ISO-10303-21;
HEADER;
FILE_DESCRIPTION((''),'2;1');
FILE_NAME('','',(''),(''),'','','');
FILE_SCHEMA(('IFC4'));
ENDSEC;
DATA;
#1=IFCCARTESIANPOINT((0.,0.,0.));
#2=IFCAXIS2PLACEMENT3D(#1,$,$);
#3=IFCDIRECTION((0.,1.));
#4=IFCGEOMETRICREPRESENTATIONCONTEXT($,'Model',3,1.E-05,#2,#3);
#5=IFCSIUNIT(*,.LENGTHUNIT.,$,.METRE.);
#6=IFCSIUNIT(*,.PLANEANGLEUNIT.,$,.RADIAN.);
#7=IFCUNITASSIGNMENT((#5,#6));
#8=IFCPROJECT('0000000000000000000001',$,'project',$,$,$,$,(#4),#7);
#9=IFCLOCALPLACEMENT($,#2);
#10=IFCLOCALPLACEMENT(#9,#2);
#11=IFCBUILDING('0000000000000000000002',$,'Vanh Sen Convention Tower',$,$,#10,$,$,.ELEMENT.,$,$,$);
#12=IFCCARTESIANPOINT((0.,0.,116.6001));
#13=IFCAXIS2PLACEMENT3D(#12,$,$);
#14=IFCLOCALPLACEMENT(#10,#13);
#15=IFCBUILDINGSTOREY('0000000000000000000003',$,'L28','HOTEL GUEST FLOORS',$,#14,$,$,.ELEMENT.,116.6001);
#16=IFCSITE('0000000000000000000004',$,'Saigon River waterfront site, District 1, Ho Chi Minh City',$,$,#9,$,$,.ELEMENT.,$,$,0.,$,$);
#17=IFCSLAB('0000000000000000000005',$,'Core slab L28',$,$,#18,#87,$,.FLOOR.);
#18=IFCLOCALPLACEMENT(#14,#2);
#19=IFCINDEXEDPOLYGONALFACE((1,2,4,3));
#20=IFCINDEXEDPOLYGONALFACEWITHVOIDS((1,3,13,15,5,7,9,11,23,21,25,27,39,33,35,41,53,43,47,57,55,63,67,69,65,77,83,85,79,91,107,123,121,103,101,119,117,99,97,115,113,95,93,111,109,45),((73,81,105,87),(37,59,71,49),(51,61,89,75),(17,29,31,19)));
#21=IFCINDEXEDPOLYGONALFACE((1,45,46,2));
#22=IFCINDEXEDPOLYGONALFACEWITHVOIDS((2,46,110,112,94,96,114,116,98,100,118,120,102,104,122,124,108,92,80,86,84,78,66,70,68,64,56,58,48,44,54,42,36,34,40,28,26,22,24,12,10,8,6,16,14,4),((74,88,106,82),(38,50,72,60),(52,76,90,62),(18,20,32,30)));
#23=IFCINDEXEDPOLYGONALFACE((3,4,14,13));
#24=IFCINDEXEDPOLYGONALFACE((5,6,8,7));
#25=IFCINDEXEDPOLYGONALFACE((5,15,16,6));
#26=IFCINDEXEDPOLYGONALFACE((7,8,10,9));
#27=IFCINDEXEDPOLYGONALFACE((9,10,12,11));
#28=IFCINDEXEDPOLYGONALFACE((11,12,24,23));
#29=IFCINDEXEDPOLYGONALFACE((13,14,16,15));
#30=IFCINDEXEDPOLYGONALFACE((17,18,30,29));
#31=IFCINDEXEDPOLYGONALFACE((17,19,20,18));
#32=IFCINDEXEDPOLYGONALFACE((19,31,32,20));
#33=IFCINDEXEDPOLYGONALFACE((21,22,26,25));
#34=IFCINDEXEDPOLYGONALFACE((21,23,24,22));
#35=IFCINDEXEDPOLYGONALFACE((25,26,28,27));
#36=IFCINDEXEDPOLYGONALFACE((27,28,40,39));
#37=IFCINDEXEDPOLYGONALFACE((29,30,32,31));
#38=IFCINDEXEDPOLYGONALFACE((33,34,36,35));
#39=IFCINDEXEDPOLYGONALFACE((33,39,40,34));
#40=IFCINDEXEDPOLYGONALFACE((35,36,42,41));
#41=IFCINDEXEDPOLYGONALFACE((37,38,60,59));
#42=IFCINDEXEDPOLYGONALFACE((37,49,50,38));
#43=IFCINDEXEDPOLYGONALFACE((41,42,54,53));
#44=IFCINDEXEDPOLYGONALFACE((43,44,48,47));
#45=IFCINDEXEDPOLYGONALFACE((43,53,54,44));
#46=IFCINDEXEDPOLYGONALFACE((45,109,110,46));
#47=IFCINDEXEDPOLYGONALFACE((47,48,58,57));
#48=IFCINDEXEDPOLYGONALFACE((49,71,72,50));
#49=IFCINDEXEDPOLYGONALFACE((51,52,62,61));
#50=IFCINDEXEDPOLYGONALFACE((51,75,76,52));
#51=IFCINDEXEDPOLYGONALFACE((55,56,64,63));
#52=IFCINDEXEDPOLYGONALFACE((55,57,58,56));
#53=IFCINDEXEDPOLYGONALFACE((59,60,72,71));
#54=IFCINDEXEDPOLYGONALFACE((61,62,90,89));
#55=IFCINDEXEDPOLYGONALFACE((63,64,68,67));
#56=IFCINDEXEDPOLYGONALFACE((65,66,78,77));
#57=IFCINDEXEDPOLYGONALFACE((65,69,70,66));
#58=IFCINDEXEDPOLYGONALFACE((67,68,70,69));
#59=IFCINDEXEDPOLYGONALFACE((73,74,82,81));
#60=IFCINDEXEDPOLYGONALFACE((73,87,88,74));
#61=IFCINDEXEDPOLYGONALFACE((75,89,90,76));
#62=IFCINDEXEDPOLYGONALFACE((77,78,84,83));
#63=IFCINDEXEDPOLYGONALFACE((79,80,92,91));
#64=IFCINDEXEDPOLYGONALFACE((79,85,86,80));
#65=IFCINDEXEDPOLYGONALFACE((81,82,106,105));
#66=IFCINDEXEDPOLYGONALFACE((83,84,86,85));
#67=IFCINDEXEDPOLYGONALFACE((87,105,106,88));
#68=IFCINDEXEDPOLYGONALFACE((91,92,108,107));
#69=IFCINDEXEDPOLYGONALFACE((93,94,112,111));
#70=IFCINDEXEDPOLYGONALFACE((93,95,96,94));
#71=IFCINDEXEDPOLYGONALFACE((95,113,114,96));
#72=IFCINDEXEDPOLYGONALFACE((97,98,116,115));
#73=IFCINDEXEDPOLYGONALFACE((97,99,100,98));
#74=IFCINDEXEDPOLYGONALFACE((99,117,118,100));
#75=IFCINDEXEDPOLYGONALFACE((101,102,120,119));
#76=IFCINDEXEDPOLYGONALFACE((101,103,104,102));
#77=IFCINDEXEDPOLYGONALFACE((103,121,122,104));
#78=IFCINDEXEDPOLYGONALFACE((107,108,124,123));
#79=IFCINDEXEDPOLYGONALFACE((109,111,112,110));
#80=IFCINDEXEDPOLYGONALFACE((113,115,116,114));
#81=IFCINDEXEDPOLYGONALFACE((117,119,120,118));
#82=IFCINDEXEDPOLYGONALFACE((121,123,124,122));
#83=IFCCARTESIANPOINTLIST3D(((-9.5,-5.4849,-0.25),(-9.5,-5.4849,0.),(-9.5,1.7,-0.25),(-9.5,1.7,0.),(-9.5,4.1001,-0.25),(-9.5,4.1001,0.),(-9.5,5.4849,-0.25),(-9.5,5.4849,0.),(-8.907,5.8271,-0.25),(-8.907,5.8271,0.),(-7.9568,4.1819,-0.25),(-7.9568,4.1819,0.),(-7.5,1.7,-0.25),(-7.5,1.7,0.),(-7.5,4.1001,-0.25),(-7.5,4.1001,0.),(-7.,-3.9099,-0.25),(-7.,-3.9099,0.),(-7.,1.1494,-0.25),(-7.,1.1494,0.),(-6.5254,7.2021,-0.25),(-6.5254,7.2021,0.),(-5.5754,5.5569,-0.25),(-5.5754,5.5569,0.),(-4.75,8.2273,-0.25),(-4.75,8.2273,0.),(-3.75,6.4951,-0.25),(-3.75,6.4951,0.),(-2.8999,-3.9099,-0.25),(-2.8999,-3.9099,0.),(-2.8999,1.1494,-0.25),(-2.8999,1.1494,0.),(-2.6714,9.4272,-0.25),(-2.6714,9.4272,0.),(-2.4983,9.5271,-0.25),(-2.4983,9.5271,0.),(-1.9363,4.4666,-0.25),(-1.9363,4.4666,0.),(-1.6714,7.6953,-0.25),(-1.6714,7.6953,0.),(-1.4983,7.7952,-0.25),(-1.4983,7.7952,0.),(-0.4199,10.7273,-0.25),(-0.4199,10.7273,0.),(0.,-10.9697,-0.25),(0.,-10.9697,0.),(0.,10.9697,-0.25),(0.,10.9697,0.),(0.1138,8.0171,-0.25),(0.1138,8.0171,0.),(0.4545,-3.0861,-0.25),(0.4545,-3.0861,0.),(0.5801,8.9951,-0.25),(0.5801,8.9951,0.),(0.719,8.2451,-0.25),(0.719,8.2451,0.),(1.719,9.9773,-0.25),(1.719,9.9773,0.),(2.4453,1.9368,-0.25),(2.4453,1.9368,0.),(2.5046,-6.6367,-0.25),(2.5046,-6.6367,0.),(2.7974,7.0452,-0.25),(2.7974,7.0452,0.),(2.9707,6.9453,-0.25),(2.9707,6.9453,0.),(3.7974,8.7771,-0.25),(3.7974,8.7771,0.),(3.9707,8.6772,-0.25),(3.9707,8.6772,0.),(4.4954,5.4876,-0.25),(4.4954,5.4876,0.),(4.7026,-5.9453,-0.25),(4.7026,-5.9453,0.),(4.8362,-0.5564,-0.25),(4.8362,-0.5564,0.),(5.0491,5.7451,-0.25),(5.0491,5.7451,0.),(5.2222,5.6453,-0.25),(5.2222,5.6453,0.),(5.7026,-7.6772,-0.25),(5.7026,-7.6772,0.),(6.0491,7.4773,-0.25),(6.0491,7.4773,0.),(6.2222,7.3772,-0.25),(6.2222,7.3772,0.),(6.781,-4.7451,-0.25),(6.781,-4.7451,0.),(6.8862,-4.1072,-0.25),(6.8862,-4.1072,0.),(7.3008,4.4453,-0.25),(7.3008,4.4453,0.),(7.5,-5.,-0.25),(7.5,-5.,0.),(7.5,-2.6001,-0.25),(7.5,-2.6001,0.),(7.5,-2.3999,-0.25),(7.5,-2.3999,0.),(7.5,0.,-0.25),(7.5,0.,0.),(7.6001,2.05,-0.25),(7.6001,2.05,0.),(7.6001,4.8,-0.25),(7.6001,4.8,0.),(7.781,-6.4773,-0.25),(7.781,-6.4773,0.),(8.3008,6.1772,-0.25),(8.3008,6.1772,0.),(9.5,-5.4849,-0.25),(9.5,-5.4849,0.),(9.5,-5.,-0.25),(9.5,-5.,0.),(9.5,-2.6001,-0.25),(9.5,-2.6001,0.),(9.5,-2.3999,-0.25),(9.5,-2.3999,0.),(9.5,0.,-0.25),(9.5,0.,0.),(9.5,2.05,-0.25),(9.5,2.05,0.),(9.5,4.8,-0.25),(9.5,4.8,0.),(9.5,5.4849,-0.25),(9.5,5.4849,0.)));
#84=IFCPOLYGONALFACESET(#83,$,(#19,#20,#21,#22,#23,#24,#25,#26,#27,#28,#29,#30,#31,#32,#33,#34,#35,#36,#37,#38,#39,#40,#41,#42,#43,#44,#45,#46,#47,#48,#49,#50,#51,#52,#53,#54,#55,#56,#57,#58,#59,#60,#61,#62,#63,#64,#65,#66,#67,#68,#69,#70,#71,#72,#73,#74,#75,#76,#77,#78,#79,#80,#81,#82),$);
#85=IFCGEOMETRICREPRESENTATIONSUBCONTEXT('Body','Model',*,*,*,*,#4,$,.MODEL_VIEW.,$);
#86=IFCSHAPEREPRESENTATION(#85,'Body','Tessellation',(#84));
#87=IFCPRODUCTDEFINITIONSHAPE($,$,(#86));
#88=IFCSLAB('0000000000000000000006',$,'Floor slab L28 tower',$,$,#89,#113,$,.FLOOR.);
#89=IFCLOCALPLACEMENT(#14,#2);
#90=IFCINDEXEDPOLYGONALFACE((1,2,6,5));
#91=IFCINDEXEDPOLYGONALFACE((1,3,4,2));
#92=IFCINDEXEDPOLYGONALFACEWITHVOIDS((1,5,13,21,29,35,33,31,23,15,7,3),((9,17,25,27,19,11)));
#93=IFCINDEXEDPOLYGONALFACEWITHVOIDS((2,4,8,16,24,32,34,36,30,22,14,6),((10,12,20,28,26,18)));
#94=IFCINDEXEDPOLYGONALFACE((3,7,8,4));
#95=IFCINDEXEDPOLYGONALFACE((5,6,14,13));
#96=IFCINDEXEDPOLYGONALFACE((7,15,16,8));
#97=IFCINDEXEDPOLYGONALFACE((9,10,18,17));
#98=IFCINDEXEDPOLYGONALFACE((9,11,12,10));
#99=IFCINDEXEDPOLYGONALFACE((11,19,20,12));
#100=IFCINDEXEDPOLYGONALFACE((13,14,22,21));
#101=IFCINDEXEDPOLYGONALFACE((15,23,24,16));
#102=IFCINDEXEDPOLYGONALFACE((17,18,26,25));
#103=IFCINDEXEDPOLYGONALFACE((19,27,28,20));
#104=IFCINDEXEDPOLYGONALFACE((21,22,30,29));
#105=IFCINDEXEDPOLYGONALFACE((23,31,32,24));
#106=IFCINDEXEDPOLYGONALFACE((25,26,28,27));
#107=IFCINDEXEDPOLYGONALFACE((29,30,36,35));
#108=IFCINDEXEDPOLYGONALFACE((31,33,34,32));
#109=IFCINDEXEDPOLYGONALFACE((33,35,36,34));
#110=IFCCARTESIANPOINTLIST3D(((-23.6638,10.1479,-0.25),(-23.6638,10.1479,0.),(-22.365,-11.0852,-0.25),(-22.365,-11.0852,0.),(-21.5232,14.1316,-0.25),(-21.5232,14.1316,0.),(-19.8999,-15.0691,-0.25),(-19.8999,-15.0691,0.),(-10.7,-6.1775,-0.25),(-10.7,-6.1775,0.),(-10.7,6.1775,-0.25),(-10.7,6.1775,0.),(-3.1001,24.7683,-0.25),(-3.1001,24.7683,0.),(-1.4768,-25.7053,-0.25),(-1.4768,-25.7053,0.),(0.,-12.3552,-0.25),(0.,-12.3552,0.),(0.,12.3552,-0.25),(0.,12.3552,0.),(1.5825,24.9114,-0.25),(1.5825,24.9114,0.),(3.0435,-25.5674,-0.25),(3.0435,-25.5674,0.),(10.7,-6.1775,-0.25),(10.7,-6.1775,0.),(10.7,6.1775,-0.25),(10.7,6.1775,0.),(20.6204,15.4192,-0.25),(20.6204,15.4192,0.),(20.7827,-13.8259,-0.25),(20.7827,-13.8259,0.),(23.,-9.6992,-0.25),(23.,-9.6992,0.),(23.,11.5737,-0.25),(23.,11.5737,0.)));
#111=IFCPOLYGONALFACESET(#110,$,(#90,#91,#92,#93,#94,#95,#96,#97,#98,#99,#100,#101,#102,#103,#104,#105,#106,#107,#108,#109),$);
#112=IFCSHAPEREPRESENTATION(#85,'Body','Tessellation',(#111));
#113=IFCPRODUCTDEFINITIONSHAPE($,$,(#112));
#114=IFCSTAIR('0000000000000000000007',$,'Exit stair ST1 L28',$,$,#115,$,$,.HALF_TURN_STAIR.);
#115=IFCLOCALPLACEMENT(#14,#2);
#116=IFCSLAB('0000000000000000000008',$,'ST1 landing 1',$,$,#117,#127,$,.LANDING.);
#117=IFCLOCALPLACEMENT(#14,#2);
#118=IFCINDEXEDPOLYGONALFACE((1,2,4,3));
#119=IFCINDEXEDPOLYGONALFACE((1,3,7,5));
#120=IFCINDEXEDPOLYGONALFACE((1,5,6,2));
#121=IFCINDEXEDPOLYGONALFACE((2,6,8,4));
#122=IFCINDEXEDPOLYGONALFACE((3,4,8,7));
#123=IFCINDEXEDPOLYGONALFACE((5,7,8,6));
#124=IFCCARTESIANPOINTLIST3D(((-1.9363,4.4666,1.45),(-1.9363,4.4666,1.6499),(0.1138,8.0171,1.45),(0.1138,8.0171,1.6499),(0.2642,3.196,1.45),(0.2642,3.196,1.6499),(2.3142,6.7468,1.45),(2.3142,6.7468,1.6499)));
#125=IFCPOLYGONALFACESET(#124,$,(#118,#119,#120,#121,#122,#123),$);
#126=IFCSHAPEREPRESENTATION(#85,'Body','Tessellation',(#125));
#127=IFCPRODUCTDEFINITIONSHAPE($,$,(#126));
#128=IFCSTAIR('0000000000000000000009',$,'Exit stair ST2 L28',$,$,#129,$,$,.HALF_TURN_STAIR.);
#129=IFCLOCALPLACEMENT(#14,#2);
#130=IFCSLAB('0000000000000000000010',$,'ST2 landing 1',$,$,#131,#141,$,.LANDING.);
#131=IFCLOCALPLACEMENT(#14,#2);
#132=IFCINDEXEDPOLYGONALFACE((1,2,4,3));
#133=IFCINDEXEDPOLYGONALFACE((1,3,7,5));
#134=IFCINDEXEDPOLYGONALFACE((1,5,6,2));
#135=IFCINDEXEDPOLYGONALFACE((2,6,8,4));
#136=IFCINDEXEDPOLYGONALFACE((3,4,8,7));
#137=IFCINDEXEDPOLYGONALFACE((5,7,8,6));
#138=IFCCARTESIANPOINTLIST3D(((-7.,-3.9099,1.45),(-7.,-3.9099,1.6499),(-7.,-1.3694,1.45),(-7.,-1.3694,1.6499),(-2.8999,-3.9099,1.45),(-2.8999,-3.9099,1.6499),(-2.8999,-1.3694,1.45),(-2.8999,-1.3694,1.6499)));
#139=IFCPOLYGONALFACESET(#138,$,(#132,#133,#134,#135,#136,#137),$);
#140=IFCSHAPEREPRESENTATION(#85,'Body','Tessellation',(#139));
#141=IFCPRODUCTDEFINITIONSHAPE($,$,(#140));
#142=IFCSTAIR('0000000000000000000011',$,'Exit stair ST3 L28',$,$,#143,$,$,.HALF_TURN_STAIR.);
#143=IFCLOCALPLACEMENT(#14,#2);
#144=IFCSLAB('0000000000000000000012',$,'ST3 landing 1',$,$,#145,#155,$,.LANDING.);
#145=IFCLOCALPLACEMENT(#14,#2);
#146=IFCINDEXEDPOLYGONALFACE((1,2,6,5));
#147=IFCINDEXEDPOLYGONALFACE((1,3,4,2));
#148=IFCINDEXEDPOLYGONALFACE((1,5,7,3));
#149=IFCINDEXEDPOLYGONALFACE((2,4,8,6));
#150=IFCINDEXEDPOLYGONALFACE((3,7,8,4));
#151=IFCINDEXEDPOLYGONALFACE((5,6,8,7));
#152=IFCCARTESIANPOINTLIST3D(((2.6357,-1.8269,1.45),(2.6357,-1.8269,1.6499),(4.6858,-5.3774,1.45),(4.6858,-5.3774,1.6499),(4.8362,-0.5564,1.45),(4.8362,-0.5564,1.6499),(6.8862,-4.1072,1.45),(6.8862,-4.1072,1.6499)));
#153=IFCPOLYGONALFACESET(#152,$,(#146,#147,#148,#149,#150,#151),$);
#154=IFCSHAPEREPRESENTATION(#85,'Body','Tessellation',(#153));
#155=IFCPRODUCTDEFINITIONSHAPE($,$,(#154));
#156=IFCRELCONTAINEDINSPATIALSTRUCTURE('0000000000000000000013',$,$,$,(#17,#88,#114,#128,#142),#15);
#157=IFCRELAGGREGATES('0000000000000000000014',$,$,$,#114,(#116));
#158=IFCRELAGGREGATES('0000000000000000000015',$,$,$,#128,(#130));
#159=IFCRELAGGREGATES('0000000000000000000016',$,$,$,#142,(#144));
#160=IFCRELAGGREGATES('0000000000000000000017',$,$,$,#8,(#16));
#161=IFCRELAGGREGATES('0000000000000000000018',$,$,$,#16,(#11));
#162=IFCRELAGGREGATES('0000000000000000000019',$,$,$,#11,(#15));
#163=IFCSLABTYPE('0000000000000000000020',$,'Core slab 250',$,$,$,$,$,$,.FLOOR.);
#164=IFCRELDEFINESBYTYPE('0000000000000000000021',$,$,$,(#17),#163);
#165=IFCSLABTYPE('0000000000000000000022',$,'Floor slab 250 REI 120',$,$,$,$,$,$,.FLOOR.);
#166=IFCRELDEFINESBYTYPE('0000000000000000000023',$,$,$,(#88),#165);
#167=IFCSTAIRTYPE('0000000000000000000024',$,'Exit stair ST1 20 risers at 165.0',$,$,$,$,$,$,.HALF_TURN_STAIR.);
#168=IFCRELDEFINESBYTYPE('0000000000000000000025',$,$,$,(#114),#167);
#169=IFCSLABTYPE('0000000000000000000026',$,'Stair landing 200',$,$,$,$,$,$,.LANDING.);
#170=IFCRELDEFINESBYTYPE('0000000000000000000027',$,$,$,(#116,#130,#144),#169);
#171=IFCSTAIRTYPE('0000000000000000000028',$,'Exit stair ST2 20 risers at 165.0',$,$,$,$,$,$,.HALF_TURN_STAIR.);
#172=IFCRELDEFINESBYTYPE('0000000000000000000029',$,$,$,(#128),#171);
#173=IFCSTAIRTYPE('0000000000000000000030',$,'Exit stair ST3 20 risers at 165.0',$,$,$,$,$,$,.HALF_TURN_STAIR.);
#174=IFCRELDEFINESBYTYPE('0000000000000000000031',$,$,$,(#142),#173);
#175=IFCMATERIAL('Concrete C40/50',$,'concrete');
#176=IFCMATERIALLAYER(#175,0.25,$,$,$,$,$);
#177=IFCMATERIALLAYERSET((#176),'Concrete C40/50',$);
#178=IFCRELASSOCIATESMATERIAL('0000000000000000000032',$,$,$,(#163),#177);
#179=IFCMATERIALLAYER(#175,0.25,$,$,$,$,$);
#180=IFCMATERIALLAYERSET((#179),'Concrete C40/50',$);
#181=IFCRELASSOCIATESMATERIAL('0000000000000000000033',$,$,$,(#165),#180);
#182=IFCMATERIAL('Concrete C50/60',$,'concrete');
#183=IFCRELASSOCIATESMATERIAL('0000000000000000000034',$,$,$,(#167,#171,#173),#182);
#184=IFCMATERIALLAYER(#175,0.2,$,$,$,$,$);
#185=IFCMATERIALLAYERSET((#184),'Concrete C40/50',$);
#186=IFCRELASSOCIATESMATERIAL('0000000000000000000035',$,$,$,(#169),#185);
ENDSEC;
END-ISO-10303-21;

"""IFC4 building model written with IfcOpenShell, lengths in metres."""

from ifc_helpers import new_model, si_unit, direction, frame, origin, place, context, subcontext, project, spatial, polyline, outline, extrude, material, layer, layer_set, type_object, element, aggregate, save


model = new_model("IFC4")

# Units and contexts
model_context = context("Model", 3, precision=1e-05, world=origin(), true_north=direction((0.0, 1.0)))
body_context = subcontext(model_context, "Body", "Model", "MODEL_VIEW")
ifc_project = project(units=[si_unit("LENGTHUNIT", "METRE"), si_unit("PLANEANGLEUNIT", "RADIAN")], contexts=[model_context])

# Site, building, storey
site_placement = place(None, origin())
site = spatial("IfcSite", under=ifc_project, at=site_placement, Name="Saigon River waterfront site, District 1, Ho Chi Minh City", CompositionType="ELEMENT", RefElevation=0.0)
building_placement = place(site_placement, origin())
building = spatial("IfcBuilding", under=site, at=building_placement, Name="Vanh Sen Convention Tower", CompositionType="ELEMENT")
storey_placement = place(building_placement, frame((0.0, 0.0, 116.6001)))
storey = spatial("IfcBuildingStorey", under=building, at=storey_placement, Name="L28", Description="HOTEL GUEST FLOORS", CompositionType="ELEMENT", Elevation=116.6001)

# Slabs
ifc_material_1 = material(Name="Concrete C40/50", Category="concrete")
ifc_layer_1 = layer(ifc_material_1, 0.25)
ifc_layer_set_1 = layer_set([ifc_layer_1], Name="Concrete C40/50")
slab_type_1 = type_object("IfcSlabType", Name="Core slab 250", PredefinedType="FLOOR", material=ifc_layer_set_1)
slab_1_placement = place(storey_placement, frame((0.0, 0.0, -0.25)))
element("IfcSlab", 1, at=slab_1_placement, inside=storey, type_object=slab_type_1, Name="Core slab L28", PredefinedType="FLOOR", context=body_context, shape_type="SweptSolid", body=[
    extrude(outline(polyline([(9.5, 5.4849), (9.5, 4.8), (7.6001, 4.8), (7.6001, 2.05), (9.5, 2.05), (9.5, 0.0), (7.5, 0.0), (7.5, -2.3999), (9.5, -2.3999), (9.5, -2.6001), (7.5, -2.6001), (7.5, -5.0), (9.5, -5.0), (9.5, -5.4849), (0.0, -10.9697), (-9.5, -5.4849), (-9.5, 1.7), (-7.5, 1.7), (-7.5, 4.1001), (-9.5, 4.1001), (-9.5, 5.4849), (-8.907, 5.8271), (-7.9568, 4.1819), (-5.5754, 5.5569), (-6.5254, 7.2021), (-4.75, 8.2273), (-3.75, 6.4951), (-1.6714, 7.6953), (-2.6714, 9.4272), (-2.4983, 9.5271), (-1.4983, 7.7952), (0.5801, 8.9951), (-0.4199, 10.7273), (0.0, 10.9697), (1.719, 9.9773), (0.719, 8.2451), (2.7974, 7.0452), (3.7974, 8.7771), (3.9707, 8.6772), (2.9707, 6.9453), (5.0491, 5.7451), (6.0491, 7.4773), (6.2222, 7.3772), (5.2222, 5.6453), (7.3008, 4.4453), (8.3008, 6.1772), (9.5, 5.4849)]), holes=[polyline([(-7.0, 3.1499), (-7.0, -3.9099), (-2.8999, -3.9099), (-2.8999, 3.1499), (-2.8999, 1.1494), (-7.0, 1.1494), (-7.0, 3.1499)]), polyline([(4.4954, 5.4875), (6.228, 4.4873), (0.1138, 8.0171), (-1.9363, 4.4666), (2.4453, 1.9368), (4.4954, 5.4875)]), polyline([(7.781, -6.4773), (6.781, -4.7451), (4.7026, -5.9453), (5.7026, -7.6772), (7.781, -6.4773)]), polyline([(0.4546, -3.0862), (2.5046, -6.6367), (6.8862, -4.1072), (4.8362, -0.5564), (-1.2781, -4.0864), (0.4546, -3.0862)])]), origin(), (0.0, 0.0, 1.0), 0.25),
])
ifc_layer_2 = layer(ifc_material_1, 0.25)
ifc_layer_set_2 = layer_set([ifc_layer_2], Name="Concrete C40/50")
slab_type_2 = type_object("IfcSlabType", Name="Floor slab 250 REI 120", PredefinedType="FLOOR", material=ifc_layer_set_2)
slab_2_placement = place(storey_placement, frame((0.0, 0.0, -0.25)))
element("IfcSlab", 2, at=slab_2_placement, inside=storey, type_object=slab_type_2, Name="Floor slab L28 tower", PredefinedType="FLOOR", context=body_context, shape_type="SweptSolid", body=[
    extrude(outline(polyline([(23.0, -9.6992), (23.0, 11.5737), (20.6204, 15.4192), (1.5825, 24.9114), (-3.1001, 24.7683), (-21.5232, 14.1316), (-23.6638, 10.1479), (-22.365, -11.0852), (-19.8999, -15.0691), (-1.4768, -25.7053), (3.0435, -25.5674), (20.7827, -13.8259), (23.0, -9.6992)]), holes=[polyline([(0.0, 12.3552), (-10.7, 6.1775), (-10.7, -6.1775), (0.0, -12.3552), (10.7, -6.1775), (10.7, 6.1775), (0.0, 12.3552)])]), origin(), (0.0, 0.0, 1.0), 0.25),
])

# Stairs, slabs
ifc_material_2 = material(Name="Concrete C50/60", Category="concrete")
stair_type_1 = type_object("IfcStairType", Name="Exit stair ST1 20 risers at 165.0", PredefinedType="HALF_TURN_STAIR", material=ifc_material_2)
stair_1_placement = place(storey_placement, origin())
stair_1 = element("IfcStair", 3, at=stair_1_placement, inside=storey, type_object=stair_type_1, Name="Exit stair ST1 L28", PredefinedType="HALF_TURN_STAIR")
ifc_layer_3 = layer(ifc_material_1, 0.2)
ifc_layer_set_3 = layer_set([ifc_layer_3], Name="Concrete C40/50")
slab_type_3 = type_object("IfcSlabType", Name="Stair landing 200", PredefinedType="LANDING", material=ifc_layer_set_3)
slab_3_placement = place(storey_placement, frame((0.0, 0.0, 1.45)))
slab_3 = element("IfcSlab", 4, at=slab_3_placement, type_object=slab_type_3, Name="ST1 landing 1", PredefinedType="LANDING", context=body_context, shape_type="SweptSolid", body=[
    extrude(outline(polyline([(2.3142, 6.7468), (0.1138, 8.0171), (-1.9363, 4.4666), (0.2642, 3.196), (2.3142, 6.7468)])), origin(), (0.0, 0.0, 1.0), 0.2),
])
aggregate(stair_1, [slab_3])
stair_type_2 = type_object("IfcStairType", Name="Exit stair ST2 20 risers at 165.0", PredefinedType="HALF_TURN_STAIR", material=ifc_material_2)
stair_2_placement = place(storey_placement, origin())
stair_2 = element("IfcStair", 5, at=stair_2_placement, inside=storey, type_object=stair_type_2, Name="Exit stair ST2 L28", PredefinedType="HALF_TURN_STAIR")
slab_4_placement = place(storey_placement, frame((0.0, 0.0, 1.45)))
slab_4 = element("IfcSlab", 6, at=slab_4_placement, type_object=slab_type_3, Name="ST2 landing 1", PredefinedType="LANDING", context=body_context, shape_type="SweptSolid", body=[
    extrude(outline(polyline([(-7.0, -1.3694), (-7.0, -3.9099), (-2.8999, -3.9099), (-2.8999, -1.3694), (-7.0, -1.3694)])), origin(), (0.0, 0.0, 1.0), 0.2),
])
aggregate(stair_2, [slab_4])
stair_type_3 = type_object("IfcStairType", Name="Exit stair ST3 20 risers at 165.0", PredefinedType="HALF_TURN_STAIR", material=ifc_material_2)
stair_3_placement = place(storey_placement, origin())
stair_3 = element("IfcStair", 7, at=stair_3_placement, inside=storey, type_object=stair_type_3, Name="Exit stair ST3 L28", PredefinedType="HALF_TURN_STAIR")
slab_5_placement = place(storey_placement, frame((0.0, 0.0, 1.45)))
slab_5 = element("IfcSlab", 8, at=slab_5_placement, type_object=slab_type_3, Name="ST3 landing 1", PredefinedType="LANDING", context=body_context, shape_type="SweptSolid", body=[
    extrude(outline(polyline([(4.6858, -5.3774), (6.8862, -4.1072), (4.8362, -0.5564), (2.6357, -1.8269), (4.6858, -5.3774)])), origin(), (0.0, 0.0, 1.0), 0.2),
])
aggregate(stair_3, [slab_5])

save(model, "model.ifc")
